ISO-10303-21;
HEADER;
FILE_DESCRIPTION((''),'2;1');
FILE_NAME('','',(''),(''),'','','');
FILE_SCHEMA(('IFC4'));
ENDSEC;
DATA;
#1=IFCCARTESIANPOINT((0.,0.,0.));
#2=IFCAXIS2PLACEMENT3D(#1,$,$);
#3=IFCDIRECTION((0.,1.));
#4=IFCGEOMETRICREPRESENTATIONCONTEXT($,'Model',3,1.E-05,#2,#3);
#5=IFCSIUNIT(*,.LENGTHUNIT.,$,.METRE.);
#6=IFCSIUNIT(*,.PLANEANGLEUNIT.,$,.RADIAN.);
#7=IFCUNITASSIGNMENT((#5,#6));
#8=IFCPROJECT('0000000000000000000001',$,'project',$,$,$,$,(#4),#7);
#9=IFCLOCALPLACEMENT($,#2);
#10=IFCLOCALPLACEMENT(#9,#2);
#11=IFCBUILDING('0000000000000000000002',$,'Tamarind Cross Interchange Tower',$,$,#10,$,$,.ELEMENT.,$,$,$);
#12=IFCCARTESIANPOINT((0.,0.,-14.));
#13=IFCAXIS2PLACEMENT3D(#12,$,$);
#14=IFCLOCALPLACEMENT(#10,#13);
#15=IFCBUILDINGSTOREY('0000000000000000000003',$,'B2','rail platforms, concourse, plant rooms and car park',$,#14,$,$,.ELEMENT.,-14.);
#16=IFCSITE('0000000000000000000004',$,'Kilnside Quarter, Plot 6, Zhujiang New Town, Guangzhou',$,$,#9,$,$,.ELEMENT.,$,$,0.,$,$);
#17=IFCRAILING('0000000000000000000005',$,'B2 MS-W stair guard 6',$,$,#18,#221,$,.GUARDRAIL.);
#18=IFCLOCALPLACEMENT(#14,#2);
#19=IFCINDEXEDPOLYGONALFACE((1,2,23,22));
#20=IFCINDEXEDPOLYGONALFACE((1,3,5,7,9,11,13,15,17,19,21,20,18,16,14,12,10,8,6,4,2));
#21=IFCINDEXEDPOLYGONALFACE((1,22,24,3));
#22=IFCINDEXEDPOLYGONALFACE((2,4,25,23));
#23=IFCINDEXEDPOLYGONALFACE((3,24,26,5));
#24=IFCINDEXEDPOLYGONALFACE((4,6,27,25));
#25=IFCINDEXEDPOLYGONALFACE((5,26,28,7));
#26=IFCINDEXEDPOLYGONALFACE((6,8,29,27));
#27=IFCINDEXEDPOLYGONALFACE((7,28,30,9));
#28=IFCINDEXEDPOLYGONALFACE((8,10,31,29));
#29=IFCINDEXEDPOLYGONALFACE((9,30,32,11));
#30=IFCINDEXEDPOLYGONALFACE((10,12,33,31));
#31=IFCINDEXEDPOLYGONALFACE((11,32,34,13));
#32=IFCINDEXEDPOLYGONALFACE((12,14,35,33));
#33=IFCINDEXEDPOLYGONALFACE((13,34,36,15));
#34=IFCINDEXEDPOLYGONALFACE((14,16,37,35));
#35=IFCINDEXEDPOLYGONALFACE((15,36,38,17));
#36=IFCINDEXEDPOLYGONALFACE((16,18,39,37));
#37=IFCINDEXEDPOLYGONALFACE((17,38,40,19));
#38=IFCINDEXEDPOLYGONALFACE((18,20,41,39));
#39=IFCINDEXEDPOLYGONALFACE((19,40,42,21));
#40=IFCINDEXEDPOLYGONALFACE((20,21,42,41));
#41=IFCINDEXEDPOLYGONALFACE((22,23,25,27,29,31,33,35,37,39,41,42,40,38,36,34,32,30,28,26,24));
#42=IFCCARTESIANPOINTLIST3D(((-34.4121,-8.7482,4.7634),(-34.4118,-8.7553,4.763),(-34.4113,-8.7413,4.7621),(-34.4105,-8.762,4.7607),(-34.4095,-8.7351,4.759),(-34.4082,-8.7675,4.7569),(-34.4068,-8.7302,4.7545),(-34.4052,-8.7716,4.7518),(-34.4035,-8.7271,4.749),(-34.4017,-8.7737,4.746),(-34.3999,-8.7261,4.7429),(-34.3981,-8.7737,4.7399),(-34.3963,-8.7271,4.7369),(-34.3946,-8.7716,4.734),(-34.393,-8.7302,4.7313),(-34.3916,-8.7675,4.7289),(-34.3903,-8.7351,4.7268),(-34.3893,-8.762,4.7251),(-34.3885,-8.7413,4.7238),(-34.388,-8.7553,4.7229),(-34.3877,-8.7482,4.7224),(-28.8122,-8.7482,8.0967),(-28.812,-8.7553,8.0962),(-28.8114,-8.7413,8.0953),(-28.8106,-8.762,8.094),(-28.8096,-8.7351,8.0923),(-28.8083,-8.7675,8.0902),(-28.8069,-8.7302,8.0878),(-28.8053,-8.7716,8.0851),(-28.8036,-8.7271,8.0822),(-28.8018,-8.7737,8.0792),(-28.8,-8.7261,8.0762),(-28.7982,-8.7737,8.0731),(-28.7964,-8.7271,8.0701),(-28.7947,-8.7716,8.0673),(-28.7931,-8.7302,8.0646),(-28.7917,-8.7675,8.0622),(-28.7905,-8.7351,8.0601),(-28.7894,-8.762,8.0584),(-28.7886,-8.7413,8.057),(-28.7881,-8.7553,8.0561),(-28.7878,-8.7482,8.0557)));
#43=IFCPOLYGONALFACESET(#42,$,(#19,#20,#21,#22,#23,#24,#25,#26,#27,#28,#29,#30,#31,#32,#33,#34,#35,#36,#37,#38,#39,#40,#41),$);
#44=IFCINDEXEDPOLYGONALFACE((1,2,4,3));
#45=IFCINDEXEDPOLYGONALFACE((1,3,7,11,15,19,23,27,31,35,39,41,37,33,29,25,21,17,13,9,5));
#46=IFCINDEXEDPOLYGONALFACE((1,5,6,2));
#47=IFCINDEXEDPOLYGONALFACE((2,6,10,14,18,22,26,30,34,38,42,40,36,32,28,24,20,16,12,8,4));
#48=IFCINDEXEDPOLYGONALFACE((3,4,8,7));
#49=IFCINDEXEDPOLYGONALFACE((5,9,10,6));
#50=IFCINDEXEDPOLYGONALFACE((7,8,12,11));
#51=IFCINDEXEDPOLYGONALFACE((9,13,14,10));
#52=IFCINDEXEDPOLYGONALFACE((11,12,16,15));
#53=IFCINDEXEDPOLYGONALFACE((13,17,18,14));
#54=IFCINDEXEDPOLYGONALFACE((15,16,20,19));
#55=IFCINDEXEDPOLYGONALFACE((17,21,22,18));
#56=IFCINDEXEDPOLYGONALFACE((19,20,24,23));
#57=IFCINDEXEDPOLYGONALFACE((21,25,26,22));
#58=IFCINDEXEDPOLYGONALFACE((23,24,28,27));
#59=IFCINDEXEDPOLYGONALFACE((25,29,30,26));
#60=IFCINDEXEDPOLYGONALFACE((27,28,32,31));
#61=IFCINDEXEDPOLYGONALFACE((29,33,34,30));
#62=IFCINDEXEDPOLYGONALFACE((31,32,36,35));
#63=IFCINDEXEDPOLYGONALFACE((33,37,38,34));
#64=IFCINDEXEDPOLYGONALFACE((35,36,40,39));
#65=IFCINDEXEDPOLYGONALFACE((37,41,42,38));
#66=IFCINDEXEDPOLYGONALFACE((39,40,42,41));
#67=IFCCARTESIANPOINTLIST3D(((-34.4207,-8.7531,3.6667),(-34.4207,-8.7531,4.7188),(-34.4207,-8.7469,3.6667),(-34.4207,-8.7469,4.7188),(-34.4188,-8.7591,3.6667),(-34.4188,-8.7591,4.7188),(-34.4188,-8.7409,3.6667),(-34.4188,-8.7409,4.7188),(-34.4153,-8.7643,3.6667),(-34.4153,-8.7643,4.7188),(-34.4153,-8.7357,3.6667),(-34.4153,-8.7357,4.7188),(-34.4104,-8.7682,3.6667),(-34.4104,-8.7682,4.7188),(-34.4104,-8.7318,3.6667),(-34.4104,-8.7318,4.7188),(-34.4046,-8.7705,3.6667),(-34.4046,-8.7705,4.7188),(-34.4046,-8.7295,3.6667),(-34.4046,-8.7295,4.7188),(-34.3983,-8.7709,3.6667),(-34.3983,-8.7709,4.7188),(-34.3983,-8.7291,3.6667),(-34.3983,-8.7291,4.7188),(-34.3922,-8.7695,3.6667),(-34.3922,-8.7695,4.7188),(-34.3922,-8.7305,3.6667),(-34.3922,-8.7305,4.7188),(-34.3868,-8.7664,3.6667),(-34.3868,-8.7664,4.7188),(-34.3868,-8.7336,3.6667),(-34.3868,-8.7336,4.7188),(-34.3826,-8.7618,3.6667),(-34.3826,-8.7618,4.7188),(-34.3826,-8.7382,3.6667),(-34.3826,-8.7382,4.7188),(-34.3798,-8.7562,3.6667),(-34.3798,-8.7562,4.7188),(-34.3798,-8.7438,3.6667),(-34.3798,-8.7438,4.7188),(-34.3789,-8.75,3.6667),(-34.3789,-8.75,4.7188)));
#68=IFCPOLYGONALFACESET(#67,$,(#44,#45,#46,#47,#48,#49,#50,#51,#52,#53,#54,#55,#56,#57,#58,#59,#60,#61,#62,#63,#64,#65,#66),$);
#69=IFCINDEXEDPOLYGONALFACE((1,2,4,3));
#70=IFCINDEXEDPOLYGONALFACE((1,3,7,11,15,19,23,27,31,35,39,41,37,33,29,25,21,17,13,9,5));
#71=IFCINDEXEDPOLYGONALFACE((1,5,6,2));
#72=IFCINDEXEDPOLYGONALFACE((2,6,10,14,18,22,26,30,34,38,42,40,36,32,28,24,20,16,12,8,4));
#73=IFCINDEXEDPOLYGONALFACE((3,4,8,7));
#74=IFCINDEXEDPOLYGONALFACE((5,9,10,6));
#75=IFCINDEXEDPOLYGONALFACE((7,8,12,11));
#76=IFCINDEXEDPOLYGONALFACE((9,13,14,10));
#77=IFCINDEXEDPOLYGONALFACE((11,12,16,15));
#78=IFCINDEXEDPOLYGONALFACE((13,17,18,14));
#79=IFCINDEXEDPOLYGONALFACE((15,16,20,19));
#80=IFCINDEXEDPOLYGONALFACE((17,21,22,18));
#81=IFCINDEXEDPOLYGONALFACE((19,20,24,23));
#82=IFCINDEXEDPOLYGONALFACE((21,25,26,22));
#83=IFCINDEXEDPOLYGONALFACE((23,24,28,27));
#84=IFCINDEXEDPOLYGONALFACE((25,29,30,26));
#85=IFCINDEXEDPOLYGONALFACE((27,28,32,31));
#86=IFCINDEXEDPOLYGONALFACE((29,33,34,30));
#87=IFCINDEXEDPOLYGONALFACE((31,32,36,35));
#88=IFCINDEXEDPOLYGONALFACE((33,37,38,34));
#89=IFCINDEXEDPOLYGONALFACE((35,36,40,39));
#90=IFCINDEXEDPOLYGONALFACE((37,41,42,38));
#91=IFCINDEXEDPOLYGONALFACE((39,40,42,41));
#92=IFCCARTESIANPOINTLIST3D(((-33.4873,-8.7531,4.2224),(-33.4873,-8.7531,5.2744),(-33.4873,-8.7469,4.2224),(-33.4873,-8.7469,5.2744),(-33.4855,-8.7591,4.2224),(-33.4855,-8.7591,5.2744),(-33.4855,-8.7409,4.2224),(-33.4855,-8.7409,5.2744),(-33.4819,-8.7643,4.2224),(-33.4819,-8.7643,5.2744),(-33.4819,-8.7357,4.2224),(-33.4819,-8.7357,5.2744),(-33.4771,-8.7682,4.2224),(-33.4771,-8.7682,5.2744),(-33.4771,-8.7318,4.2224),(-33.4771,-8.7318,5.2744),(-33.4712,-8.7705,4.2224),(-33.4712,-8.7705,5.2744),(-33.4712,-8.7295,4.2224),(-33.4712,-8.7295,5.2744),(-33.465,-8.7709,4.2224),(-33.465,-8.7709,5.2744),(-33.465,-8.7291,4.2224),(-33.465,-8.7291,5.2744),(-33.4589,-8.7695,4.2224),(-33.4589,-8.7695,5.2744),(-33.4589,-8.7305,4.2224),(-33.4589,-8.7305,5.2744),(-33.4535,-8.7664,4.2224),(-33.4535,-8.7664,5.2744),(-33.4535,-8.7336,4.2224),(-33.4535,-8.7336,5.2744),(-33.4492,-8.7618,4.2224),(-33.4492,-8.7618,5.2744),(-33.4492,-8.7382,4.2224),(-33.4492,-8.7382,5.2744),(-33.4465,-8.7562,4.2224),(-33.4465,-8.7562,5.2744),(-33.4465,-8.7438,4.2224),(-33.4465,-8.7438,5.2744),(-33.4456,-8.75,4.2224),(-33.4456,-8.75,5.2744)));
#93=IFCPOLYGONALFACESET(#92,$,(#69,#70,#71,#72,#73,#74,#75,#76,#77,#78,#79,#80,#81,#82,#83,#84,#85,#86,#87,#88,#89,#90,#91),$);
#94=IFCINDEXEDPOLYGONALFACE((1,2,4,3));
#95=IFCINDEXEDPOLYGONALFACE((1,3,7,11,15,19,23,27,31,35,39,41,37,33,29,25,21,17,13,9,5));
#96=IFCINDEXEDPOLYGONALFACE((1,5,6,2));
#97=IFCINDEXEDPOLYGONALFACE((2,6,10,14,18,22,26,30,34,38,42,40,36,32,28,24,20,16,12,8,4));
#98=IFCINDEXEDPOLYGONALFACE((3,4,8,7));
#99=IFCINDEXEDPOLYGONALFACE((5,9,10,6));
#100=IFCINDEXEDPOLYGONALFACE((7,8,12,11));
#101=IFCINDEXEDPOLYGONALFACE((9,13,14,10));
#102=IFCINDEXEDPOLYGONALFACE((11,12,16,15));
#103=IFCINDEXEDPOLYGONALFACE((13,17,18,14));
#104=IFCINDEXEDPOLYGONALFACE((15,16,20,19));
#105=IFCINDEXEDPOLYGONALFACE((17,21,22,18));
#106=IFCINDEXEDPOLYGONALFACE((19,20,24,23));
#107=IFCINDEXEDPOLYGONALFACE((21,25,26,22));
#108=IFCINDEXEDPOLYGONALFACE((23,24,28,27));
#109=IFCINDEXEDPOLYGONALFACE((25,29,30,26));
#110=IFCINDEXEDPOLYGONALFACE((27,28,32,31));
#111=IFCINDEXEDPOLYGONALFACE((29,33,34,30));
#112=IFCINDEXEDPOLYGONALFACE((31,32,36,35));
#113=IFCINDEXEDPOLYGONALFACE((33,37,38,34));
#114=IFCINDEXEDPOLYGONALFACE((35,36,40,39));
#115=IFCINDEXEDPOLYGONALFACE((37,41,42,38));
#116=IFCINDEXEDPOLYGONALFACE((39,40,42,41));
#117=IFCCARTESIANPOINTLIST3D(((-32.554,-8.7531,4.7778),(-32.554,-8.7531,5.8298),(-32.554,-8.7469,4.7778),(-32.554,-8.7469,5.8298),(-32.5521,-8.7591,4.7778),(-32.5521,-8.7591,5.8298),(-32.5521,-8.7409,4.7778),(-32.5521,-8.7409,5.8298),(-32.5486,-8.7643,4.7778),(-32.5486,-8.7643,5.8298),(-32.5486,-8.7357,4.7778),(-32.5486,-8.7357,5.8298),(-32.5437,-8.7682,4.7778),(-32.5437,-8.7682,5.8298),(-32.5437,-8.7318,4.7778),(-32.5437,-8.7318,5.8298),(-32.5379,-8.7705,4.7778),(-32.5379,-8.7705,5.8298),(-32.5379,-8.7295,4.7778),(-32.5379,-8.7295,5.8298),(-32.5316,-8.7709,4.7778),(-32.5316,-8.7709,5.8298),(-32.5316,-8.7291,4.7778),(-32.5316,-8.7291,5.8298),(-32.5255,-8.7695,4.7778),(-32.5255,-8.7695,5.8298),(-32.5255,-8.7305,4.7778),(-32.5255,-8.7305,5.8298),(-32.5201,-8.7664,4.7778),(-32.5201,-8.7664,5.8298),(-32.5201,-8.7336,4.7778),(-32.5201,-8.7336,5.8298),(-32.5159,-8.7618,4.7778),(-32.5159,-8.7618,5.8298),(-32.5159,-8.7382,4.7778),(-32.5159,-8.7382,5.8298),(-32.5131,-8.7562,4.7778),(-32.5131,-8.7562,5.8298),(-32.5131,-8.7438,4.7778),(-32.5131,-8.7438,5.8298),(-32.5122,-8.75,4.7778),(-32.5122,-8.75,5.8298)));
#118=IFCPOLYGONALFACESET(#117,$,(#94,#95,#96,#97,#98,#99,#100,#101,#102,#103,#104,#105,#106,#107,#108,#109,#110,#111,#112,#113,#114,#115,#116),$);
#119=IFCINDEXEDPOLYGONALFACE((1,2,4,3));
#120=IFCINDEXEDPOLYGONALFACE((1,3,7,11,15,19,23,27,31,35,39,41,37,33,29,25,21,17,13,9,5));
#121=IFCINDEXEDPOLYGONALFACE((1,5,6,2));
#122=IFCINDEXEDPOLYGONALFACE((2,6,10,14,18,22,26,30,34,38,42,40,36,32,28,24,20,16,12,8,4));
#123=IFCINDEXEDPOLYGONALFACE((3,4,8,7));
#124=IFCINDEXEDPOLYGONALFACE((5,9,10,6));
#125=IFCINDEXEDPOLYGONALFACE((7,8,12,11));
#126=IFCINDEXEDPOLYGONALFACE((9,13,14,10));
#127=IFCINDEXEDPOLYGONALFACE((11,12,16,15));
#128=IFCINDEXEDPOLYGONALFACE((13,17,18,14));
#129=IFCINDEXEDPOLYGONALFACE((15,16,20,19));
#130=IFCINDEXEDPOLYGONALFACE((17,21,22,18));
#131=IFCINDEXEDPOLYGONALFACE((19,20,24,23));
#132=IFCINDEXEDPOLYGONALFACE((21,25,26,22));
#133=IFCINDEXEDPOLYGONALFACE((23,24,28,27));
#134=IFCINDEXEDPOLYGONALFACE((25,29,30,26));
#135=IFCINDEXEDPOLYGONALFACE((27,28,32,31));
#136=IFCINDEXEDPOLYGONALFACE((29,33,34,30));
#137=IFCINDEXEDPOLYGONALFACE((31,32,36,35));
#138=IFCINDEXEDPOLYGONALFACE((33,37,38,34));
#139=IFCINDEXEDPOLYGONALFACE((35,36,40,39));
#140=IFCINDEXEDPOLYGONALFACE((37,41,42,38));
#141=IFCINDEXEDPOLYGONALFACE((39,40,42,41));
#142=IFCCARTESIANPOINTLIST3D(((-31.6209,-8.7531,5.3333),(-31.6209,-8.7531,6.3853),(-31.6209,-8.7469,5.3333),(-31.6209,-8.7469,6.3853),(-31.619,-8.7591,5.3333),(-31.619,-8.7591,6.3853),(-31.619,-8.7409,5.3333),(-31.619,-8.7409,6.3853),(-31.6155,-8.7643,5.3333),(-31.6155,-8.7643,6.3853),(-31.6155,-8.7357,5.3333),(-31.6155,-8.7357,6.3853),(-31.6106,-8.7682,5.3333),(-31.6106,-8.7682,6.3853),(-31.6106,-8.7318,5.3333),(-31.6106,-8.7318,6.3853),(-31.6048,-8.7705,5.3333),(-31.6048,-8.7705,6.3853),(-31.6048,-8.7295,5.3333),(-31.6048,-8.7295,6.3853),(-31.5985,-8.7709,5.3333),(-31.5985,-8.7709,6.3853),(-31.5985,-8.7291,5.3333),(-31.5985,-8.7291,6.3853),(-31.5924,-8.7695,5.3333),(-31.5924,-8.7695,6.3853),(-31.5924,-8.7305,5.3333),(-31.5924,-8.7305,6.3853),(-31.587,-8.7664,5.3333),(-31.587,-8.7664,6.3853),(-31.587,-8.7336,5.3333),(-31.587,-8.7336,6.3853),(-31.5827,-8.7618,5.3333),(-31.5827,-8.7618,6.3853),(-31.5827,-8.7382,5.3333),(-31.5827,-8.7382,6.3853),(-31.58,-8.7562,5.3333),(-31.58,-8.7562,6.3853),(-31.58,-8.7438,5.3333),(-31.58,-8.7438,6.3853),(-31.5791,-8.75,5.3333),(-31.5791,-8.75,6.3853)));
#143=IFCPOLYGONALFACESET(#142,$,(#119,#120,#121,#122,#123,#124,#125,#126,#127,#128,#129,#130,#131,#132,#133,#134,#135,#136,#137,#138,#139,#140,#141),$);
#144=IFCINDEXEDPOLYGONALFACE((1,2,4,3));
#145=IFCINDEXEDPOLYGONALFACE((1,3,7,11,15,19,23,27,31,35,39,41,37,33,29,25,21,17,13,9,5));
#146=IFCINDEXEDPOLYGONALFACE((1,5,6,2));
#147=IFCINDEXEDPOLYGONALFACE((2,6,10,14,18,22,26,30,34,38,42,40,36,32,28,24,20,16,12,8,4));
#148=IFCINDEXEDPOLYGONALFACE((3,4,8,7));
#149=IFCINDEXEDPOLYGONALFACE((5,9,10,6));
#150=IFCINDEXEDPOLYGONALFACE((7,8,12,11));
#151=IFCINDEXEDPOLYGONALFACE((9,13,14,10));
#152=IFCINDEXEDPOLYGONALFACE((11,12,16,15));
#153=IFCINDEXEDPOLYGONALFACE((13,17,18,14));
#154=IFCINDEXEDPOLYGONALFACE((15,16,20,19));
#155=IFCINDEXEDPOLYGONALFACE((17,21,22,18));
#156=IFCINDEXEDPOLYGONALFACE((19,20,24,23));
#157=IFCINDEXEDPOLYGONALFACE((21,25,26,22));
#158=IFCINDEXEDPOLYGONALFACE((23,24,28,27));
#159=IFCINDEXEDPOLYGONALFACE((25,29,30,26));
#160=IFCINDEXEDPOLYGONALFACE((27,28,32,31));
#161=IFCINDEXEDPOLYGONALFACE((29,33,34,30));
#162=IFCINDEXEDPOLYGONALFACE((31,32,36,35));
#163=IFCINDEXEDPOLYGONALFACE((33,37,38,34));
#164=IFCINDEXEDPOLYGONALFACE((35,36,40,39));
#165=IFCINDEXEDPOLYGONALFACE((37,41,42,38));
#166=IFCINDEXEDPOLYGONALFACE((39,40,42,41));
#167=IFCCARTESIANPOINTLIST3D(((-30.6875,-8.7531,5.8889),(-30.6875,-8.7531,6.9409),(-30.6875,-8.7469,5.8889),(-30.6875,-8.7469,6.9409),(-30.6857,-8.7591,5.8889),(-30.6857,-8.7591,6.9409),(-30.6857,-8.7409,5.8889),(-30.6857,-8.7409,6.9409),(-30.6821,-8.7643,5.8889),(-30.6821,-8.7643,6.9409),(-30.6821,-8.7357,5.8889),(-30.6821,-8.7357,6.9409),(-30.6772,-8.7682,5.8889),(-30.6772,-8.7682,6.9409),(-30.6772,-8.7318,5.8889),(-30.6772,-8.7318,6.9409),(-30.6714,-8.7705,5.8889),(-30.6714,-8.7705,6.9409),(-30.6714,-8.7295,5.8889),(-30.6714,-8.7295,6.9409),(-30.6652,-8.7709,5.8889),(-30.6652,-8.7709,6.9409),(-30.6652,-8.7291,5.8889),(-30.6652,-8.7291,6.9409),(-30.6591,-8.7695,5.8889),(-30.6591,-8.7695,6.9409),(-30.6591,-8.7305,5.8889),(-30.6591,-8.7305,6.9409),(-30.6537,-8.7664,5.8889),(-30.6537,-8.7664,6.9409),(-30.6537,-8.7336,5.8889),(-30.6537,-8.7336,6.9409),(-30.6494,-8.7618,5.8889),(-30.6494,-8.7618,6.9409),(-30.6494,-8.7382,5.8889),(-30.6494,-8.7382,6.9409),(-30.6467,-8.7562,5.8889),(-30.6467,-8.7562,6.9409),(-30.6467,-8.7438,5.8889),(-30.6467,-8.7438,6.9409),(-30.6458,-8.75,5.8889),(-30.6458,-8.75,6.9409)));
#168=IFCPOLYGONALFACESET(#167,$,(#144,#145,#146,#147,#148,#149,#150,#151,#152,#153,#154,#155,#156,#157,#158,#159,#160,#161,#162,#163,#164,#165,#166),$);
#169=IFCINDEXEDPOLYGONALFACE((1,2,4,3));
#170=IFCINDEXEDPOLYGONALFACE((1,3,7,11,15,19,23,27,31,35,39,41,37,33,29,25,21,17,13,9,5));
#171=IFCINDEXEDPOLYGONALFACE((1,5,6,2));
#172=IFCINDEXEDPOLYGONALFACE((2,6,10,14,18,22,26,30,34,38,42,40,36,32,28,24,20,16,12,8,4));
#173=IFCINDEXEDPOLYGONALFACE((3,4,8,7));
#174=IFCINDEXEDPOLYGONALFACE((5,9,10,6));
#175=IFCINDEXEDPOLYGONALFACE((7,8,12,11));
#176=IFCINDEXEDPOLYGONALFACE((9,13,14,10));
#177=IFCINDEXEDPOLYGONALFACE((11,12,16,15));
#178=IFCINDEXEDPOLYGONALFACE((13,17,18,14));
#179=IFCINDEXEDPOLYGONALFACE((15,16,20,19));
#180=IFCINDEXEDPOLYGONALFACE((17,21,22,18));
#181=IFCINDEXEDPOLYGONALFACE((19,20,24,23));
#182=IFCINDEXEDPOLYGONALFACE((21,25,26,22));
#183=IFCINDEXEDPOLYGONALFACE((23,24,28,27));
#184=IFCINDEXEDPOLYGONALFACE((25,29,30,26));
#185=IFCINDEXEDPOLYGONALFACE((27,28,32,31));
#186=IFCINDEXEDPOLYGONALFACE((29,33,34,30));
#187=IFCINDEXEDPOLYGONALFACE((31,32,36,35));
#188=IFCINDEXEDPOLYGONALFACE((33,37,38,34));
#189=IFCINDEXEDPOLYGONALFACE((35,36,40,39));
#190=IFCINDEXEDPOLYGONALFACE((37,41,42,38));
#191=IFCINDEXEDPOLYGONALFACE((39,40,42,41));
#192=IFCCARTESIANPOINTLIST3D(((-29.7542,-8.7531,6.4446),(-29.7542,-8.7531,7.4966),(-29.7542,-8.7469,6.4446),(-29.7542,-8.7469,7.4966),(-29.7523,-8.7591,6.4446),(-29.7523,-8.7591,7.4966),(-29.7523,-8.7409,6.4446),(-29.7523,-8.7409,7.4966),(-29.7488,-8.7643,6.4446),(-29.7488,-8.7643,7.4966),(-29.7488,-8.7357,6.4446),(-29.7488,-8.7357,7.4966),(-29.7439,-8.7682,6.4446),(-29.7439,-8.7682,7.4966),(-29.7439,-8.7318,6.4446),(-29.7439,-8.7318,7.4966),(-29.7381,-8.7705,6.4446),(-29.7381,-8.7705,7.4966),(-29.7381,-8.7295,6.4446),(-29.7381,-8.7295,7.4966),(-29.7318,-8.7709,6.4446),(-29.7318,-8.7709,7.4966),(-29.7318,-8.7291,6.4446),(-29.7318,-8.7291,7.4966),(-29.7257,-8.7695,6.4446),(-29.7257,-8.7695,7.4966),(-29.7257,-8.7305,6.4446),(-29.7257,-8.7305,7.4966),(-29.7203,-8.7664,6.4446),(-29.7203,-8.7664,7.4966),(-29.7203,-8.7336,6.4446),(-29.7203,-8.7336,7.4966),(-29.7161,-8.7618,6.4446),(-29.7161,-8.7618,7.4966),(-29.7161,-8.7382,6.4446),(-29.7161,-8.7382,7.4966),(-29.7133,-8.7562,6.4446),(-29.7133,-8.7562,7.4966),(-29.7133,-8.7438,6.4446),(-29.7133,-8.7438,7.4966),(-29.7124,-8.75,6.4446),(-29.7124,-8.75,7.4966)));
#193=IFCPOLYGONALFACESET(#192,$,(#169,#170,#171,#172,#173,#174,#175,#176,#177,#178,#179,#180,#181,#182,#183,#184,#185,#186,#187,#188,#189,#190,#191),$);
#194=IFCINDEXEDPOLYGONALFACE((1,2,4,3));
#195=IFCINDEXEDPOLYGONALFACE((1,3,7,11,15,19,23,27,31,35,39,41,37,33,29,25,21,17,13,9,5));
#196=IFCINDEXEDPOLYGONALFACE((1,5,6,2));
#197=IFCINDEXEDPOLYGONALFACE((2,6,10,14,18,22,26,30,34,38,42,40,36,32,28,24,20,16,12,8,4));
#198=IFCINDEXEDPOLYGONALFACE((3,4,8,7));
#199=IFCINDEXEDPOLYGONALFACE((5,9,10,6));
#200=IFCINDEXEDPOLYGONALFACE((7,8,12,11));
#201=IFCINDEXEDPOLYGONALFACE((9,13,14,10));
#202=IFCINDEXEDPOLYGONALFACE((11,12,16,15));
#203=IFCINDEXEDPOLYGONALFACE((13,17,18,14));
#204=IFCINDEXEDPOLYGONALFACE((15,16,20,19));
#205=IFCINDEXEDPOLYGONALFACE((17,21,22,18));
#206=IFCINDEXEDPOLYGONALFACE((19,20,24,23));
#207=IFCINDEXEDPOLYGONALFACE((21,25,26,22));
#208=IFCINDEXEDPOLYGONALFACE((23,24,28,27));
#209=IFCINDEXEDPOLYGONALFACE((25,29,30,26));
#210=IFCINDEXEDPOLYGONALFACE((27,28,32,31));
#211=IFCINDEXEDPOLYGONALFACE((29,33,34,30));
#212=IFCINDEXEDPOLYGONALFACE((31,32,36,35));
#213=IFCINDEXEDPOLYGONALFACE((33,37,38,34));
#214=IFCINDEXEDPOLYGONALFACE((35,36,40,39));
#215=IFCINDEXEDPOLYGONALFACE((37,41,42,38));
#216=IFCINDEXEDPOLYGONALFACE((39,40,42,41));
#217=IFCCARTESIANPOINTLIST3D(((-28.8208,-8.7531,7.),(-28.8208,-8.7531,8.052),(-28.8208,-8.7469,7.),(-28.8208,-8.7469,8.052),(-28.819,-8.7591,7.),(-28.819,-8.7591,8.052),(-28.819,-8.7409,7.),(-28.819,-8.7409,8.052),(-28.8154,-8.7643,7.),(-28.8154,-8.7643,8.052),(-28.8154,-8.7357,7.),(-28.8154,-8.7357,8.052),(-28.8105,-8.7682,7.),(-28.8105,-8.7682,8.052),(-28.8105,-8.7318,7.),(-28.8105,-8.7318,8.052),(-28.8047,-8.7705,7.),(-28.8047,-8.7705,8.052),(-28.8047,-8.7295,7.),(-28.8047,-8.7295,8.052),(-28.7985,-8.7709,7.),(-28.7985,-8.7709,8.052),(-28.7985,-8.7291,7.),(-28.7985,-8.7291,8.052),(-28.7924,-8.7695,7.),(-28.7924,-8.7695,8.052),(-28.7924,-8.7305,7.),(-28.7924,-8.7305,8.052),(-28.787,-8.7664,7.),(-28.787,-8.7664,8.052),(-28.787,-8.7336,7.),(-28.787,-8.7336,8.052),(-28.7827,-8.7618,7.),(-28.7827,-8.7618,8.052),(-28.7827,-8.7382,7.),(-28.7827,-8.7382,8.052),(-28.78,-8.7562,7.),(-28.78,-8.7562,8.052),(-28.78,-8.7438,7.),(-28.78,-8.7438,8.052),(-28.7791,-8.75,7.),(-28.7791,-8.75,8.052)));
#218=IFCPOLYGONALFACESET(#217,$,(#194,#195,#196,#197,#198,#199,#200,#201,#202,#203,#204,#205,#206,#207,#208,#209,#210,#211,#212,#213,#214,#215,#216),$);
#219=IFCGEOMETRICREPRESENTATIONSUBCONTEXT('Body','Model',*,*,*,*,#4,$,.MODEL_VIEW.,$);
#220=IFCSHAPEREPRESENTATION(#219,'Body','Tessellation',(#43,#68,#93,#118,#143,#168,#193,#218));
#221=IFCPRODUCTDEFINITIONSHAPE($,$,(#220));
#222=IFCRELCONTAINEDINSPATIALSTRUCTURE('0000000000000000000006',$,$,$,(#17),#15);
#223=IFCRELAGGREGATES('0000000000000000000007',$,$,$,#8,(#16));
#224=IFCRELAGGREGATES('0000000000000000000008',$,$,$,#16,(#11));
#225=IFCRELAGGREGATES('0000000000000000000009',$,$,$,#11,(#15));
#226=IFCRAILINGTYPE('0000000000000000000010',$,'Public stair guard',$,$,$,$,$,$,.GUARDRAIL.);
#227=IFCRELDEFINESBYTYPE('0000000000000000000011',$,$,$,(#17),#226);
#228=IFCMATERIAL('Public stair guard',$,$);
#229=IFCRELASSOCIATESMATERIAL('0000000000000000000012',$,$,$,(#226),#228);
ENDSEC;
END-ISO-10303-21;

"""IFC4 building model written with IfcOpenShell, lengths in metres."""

from ifc_helpers import new_model, si_unit, direction, frame, origin, origin_2d, place, context, subcontext, project, spatial, circle, extrude, material, type_object, element, save


model = new_model("IFC4")

# Units and contexts
model_context = context("Model", 3, precision=1e-05, world=origin(), true_north=direction((0.0, 1.0)))
body_context = subcontext(model_context, "Body", "Model", "MODEL_VIEW")
ifc_project = project(units=[si_unit("LENGTHUNIT", "METRE"), si_unit("PLANEANGLEUNIT", "RADIAN")], contexts=[model_context])

# Site, building, storey
site_placement = place(None, origin())
site = spatial("IfcSite", under=ifc_project, at=site_placement, Name="Kilnside Quarter, Plot 6, Zhujiang New Town, Guangzhou", CompositionType="ELEMENT", RefElevation=0.0)
building_placement = place(site_placement, origin())
building = spatial("IfcBuilding", under=site, at=building_placement, Name="Tamarind Cross Interchange Tower", CompositionType="ELEMENT")
storey_placement = place(building_placement, frame((0.0, 0.0, -14.0)))
storey = spatial("IfcBuildingStorey", under=building, at=storey_placement, Name="B2", Description="rail platforms, concourse, plant rooms and car park", CompositionType="ELEMENT", Elevation=-14.0)

# Railing
ifc_material_1 = material(Name="Public stair guard")
railing_type_1 = type_object("IfcRailingType", Name="Public stair guard", PredefinedType="GUARDRAIL", material=ifc_material_1)
railing_1_placement = place(storey_placement, frame((-34.3999, -8.75, 3.6667)))
element("IfcRailing", 1, at=railing_1_placement, inside=storey, type_object=railing_type_1, Name="B2 MS-W stair guard 6", PredefinedType="GUARDRAIL", context=body_context, shape_type="SweptSolid", body=[
    extrude(circle(Radius=0.0239, at=origin_2d()), frame((0.0, 0.0, 1.0762), z_axis=(0.859292, 0.0, 0.511485), x_axis=(0.0, 1.0, 0.0)), (0.0, 0.0, 1.0), 6.5168),
    extrude(circle(Radius=0.021, at=origin_2d()), origin(), (0.0, 0.0, 1.0), 1.052),
    extrude(circle(Radius=0.021, at=origin_2d()), frame((0.9333, 0.0, 0.5557)), (0.0, 0.0, 1.0), 1.052),
    extrude(circle(Radius=0.021, at=origin_2d()), frame((1.8667, 0.0, 1.1111)), (0.0, 0.0, 1.0), 1.052),
    extrude(circle(Radius=0.021, at=origin_2d()), frame((2.7998, 0.0, 1.6665)), (0.0, 0.0, 1.0), 1.052),
    extrude(circle(Radius=0.021, at=origin_2d()), frame((3.7332, 0.0, 2.2222)), (0.0, 0.0, 1.0), 1.052),
    extrude(circle(Radius=0.021, at=origin_2d()), frame((4.6665, 0.0, 2.7778)), (0.0, 0.0, 1.0), 1.052),
    extrude(circle(Radius=0.021, at=origin_2d()), frame((5.5999, 0.0, 3.3333)), (0.0, 0.0, 1.0), 1.052),
])

save(model, "model.ifc")
